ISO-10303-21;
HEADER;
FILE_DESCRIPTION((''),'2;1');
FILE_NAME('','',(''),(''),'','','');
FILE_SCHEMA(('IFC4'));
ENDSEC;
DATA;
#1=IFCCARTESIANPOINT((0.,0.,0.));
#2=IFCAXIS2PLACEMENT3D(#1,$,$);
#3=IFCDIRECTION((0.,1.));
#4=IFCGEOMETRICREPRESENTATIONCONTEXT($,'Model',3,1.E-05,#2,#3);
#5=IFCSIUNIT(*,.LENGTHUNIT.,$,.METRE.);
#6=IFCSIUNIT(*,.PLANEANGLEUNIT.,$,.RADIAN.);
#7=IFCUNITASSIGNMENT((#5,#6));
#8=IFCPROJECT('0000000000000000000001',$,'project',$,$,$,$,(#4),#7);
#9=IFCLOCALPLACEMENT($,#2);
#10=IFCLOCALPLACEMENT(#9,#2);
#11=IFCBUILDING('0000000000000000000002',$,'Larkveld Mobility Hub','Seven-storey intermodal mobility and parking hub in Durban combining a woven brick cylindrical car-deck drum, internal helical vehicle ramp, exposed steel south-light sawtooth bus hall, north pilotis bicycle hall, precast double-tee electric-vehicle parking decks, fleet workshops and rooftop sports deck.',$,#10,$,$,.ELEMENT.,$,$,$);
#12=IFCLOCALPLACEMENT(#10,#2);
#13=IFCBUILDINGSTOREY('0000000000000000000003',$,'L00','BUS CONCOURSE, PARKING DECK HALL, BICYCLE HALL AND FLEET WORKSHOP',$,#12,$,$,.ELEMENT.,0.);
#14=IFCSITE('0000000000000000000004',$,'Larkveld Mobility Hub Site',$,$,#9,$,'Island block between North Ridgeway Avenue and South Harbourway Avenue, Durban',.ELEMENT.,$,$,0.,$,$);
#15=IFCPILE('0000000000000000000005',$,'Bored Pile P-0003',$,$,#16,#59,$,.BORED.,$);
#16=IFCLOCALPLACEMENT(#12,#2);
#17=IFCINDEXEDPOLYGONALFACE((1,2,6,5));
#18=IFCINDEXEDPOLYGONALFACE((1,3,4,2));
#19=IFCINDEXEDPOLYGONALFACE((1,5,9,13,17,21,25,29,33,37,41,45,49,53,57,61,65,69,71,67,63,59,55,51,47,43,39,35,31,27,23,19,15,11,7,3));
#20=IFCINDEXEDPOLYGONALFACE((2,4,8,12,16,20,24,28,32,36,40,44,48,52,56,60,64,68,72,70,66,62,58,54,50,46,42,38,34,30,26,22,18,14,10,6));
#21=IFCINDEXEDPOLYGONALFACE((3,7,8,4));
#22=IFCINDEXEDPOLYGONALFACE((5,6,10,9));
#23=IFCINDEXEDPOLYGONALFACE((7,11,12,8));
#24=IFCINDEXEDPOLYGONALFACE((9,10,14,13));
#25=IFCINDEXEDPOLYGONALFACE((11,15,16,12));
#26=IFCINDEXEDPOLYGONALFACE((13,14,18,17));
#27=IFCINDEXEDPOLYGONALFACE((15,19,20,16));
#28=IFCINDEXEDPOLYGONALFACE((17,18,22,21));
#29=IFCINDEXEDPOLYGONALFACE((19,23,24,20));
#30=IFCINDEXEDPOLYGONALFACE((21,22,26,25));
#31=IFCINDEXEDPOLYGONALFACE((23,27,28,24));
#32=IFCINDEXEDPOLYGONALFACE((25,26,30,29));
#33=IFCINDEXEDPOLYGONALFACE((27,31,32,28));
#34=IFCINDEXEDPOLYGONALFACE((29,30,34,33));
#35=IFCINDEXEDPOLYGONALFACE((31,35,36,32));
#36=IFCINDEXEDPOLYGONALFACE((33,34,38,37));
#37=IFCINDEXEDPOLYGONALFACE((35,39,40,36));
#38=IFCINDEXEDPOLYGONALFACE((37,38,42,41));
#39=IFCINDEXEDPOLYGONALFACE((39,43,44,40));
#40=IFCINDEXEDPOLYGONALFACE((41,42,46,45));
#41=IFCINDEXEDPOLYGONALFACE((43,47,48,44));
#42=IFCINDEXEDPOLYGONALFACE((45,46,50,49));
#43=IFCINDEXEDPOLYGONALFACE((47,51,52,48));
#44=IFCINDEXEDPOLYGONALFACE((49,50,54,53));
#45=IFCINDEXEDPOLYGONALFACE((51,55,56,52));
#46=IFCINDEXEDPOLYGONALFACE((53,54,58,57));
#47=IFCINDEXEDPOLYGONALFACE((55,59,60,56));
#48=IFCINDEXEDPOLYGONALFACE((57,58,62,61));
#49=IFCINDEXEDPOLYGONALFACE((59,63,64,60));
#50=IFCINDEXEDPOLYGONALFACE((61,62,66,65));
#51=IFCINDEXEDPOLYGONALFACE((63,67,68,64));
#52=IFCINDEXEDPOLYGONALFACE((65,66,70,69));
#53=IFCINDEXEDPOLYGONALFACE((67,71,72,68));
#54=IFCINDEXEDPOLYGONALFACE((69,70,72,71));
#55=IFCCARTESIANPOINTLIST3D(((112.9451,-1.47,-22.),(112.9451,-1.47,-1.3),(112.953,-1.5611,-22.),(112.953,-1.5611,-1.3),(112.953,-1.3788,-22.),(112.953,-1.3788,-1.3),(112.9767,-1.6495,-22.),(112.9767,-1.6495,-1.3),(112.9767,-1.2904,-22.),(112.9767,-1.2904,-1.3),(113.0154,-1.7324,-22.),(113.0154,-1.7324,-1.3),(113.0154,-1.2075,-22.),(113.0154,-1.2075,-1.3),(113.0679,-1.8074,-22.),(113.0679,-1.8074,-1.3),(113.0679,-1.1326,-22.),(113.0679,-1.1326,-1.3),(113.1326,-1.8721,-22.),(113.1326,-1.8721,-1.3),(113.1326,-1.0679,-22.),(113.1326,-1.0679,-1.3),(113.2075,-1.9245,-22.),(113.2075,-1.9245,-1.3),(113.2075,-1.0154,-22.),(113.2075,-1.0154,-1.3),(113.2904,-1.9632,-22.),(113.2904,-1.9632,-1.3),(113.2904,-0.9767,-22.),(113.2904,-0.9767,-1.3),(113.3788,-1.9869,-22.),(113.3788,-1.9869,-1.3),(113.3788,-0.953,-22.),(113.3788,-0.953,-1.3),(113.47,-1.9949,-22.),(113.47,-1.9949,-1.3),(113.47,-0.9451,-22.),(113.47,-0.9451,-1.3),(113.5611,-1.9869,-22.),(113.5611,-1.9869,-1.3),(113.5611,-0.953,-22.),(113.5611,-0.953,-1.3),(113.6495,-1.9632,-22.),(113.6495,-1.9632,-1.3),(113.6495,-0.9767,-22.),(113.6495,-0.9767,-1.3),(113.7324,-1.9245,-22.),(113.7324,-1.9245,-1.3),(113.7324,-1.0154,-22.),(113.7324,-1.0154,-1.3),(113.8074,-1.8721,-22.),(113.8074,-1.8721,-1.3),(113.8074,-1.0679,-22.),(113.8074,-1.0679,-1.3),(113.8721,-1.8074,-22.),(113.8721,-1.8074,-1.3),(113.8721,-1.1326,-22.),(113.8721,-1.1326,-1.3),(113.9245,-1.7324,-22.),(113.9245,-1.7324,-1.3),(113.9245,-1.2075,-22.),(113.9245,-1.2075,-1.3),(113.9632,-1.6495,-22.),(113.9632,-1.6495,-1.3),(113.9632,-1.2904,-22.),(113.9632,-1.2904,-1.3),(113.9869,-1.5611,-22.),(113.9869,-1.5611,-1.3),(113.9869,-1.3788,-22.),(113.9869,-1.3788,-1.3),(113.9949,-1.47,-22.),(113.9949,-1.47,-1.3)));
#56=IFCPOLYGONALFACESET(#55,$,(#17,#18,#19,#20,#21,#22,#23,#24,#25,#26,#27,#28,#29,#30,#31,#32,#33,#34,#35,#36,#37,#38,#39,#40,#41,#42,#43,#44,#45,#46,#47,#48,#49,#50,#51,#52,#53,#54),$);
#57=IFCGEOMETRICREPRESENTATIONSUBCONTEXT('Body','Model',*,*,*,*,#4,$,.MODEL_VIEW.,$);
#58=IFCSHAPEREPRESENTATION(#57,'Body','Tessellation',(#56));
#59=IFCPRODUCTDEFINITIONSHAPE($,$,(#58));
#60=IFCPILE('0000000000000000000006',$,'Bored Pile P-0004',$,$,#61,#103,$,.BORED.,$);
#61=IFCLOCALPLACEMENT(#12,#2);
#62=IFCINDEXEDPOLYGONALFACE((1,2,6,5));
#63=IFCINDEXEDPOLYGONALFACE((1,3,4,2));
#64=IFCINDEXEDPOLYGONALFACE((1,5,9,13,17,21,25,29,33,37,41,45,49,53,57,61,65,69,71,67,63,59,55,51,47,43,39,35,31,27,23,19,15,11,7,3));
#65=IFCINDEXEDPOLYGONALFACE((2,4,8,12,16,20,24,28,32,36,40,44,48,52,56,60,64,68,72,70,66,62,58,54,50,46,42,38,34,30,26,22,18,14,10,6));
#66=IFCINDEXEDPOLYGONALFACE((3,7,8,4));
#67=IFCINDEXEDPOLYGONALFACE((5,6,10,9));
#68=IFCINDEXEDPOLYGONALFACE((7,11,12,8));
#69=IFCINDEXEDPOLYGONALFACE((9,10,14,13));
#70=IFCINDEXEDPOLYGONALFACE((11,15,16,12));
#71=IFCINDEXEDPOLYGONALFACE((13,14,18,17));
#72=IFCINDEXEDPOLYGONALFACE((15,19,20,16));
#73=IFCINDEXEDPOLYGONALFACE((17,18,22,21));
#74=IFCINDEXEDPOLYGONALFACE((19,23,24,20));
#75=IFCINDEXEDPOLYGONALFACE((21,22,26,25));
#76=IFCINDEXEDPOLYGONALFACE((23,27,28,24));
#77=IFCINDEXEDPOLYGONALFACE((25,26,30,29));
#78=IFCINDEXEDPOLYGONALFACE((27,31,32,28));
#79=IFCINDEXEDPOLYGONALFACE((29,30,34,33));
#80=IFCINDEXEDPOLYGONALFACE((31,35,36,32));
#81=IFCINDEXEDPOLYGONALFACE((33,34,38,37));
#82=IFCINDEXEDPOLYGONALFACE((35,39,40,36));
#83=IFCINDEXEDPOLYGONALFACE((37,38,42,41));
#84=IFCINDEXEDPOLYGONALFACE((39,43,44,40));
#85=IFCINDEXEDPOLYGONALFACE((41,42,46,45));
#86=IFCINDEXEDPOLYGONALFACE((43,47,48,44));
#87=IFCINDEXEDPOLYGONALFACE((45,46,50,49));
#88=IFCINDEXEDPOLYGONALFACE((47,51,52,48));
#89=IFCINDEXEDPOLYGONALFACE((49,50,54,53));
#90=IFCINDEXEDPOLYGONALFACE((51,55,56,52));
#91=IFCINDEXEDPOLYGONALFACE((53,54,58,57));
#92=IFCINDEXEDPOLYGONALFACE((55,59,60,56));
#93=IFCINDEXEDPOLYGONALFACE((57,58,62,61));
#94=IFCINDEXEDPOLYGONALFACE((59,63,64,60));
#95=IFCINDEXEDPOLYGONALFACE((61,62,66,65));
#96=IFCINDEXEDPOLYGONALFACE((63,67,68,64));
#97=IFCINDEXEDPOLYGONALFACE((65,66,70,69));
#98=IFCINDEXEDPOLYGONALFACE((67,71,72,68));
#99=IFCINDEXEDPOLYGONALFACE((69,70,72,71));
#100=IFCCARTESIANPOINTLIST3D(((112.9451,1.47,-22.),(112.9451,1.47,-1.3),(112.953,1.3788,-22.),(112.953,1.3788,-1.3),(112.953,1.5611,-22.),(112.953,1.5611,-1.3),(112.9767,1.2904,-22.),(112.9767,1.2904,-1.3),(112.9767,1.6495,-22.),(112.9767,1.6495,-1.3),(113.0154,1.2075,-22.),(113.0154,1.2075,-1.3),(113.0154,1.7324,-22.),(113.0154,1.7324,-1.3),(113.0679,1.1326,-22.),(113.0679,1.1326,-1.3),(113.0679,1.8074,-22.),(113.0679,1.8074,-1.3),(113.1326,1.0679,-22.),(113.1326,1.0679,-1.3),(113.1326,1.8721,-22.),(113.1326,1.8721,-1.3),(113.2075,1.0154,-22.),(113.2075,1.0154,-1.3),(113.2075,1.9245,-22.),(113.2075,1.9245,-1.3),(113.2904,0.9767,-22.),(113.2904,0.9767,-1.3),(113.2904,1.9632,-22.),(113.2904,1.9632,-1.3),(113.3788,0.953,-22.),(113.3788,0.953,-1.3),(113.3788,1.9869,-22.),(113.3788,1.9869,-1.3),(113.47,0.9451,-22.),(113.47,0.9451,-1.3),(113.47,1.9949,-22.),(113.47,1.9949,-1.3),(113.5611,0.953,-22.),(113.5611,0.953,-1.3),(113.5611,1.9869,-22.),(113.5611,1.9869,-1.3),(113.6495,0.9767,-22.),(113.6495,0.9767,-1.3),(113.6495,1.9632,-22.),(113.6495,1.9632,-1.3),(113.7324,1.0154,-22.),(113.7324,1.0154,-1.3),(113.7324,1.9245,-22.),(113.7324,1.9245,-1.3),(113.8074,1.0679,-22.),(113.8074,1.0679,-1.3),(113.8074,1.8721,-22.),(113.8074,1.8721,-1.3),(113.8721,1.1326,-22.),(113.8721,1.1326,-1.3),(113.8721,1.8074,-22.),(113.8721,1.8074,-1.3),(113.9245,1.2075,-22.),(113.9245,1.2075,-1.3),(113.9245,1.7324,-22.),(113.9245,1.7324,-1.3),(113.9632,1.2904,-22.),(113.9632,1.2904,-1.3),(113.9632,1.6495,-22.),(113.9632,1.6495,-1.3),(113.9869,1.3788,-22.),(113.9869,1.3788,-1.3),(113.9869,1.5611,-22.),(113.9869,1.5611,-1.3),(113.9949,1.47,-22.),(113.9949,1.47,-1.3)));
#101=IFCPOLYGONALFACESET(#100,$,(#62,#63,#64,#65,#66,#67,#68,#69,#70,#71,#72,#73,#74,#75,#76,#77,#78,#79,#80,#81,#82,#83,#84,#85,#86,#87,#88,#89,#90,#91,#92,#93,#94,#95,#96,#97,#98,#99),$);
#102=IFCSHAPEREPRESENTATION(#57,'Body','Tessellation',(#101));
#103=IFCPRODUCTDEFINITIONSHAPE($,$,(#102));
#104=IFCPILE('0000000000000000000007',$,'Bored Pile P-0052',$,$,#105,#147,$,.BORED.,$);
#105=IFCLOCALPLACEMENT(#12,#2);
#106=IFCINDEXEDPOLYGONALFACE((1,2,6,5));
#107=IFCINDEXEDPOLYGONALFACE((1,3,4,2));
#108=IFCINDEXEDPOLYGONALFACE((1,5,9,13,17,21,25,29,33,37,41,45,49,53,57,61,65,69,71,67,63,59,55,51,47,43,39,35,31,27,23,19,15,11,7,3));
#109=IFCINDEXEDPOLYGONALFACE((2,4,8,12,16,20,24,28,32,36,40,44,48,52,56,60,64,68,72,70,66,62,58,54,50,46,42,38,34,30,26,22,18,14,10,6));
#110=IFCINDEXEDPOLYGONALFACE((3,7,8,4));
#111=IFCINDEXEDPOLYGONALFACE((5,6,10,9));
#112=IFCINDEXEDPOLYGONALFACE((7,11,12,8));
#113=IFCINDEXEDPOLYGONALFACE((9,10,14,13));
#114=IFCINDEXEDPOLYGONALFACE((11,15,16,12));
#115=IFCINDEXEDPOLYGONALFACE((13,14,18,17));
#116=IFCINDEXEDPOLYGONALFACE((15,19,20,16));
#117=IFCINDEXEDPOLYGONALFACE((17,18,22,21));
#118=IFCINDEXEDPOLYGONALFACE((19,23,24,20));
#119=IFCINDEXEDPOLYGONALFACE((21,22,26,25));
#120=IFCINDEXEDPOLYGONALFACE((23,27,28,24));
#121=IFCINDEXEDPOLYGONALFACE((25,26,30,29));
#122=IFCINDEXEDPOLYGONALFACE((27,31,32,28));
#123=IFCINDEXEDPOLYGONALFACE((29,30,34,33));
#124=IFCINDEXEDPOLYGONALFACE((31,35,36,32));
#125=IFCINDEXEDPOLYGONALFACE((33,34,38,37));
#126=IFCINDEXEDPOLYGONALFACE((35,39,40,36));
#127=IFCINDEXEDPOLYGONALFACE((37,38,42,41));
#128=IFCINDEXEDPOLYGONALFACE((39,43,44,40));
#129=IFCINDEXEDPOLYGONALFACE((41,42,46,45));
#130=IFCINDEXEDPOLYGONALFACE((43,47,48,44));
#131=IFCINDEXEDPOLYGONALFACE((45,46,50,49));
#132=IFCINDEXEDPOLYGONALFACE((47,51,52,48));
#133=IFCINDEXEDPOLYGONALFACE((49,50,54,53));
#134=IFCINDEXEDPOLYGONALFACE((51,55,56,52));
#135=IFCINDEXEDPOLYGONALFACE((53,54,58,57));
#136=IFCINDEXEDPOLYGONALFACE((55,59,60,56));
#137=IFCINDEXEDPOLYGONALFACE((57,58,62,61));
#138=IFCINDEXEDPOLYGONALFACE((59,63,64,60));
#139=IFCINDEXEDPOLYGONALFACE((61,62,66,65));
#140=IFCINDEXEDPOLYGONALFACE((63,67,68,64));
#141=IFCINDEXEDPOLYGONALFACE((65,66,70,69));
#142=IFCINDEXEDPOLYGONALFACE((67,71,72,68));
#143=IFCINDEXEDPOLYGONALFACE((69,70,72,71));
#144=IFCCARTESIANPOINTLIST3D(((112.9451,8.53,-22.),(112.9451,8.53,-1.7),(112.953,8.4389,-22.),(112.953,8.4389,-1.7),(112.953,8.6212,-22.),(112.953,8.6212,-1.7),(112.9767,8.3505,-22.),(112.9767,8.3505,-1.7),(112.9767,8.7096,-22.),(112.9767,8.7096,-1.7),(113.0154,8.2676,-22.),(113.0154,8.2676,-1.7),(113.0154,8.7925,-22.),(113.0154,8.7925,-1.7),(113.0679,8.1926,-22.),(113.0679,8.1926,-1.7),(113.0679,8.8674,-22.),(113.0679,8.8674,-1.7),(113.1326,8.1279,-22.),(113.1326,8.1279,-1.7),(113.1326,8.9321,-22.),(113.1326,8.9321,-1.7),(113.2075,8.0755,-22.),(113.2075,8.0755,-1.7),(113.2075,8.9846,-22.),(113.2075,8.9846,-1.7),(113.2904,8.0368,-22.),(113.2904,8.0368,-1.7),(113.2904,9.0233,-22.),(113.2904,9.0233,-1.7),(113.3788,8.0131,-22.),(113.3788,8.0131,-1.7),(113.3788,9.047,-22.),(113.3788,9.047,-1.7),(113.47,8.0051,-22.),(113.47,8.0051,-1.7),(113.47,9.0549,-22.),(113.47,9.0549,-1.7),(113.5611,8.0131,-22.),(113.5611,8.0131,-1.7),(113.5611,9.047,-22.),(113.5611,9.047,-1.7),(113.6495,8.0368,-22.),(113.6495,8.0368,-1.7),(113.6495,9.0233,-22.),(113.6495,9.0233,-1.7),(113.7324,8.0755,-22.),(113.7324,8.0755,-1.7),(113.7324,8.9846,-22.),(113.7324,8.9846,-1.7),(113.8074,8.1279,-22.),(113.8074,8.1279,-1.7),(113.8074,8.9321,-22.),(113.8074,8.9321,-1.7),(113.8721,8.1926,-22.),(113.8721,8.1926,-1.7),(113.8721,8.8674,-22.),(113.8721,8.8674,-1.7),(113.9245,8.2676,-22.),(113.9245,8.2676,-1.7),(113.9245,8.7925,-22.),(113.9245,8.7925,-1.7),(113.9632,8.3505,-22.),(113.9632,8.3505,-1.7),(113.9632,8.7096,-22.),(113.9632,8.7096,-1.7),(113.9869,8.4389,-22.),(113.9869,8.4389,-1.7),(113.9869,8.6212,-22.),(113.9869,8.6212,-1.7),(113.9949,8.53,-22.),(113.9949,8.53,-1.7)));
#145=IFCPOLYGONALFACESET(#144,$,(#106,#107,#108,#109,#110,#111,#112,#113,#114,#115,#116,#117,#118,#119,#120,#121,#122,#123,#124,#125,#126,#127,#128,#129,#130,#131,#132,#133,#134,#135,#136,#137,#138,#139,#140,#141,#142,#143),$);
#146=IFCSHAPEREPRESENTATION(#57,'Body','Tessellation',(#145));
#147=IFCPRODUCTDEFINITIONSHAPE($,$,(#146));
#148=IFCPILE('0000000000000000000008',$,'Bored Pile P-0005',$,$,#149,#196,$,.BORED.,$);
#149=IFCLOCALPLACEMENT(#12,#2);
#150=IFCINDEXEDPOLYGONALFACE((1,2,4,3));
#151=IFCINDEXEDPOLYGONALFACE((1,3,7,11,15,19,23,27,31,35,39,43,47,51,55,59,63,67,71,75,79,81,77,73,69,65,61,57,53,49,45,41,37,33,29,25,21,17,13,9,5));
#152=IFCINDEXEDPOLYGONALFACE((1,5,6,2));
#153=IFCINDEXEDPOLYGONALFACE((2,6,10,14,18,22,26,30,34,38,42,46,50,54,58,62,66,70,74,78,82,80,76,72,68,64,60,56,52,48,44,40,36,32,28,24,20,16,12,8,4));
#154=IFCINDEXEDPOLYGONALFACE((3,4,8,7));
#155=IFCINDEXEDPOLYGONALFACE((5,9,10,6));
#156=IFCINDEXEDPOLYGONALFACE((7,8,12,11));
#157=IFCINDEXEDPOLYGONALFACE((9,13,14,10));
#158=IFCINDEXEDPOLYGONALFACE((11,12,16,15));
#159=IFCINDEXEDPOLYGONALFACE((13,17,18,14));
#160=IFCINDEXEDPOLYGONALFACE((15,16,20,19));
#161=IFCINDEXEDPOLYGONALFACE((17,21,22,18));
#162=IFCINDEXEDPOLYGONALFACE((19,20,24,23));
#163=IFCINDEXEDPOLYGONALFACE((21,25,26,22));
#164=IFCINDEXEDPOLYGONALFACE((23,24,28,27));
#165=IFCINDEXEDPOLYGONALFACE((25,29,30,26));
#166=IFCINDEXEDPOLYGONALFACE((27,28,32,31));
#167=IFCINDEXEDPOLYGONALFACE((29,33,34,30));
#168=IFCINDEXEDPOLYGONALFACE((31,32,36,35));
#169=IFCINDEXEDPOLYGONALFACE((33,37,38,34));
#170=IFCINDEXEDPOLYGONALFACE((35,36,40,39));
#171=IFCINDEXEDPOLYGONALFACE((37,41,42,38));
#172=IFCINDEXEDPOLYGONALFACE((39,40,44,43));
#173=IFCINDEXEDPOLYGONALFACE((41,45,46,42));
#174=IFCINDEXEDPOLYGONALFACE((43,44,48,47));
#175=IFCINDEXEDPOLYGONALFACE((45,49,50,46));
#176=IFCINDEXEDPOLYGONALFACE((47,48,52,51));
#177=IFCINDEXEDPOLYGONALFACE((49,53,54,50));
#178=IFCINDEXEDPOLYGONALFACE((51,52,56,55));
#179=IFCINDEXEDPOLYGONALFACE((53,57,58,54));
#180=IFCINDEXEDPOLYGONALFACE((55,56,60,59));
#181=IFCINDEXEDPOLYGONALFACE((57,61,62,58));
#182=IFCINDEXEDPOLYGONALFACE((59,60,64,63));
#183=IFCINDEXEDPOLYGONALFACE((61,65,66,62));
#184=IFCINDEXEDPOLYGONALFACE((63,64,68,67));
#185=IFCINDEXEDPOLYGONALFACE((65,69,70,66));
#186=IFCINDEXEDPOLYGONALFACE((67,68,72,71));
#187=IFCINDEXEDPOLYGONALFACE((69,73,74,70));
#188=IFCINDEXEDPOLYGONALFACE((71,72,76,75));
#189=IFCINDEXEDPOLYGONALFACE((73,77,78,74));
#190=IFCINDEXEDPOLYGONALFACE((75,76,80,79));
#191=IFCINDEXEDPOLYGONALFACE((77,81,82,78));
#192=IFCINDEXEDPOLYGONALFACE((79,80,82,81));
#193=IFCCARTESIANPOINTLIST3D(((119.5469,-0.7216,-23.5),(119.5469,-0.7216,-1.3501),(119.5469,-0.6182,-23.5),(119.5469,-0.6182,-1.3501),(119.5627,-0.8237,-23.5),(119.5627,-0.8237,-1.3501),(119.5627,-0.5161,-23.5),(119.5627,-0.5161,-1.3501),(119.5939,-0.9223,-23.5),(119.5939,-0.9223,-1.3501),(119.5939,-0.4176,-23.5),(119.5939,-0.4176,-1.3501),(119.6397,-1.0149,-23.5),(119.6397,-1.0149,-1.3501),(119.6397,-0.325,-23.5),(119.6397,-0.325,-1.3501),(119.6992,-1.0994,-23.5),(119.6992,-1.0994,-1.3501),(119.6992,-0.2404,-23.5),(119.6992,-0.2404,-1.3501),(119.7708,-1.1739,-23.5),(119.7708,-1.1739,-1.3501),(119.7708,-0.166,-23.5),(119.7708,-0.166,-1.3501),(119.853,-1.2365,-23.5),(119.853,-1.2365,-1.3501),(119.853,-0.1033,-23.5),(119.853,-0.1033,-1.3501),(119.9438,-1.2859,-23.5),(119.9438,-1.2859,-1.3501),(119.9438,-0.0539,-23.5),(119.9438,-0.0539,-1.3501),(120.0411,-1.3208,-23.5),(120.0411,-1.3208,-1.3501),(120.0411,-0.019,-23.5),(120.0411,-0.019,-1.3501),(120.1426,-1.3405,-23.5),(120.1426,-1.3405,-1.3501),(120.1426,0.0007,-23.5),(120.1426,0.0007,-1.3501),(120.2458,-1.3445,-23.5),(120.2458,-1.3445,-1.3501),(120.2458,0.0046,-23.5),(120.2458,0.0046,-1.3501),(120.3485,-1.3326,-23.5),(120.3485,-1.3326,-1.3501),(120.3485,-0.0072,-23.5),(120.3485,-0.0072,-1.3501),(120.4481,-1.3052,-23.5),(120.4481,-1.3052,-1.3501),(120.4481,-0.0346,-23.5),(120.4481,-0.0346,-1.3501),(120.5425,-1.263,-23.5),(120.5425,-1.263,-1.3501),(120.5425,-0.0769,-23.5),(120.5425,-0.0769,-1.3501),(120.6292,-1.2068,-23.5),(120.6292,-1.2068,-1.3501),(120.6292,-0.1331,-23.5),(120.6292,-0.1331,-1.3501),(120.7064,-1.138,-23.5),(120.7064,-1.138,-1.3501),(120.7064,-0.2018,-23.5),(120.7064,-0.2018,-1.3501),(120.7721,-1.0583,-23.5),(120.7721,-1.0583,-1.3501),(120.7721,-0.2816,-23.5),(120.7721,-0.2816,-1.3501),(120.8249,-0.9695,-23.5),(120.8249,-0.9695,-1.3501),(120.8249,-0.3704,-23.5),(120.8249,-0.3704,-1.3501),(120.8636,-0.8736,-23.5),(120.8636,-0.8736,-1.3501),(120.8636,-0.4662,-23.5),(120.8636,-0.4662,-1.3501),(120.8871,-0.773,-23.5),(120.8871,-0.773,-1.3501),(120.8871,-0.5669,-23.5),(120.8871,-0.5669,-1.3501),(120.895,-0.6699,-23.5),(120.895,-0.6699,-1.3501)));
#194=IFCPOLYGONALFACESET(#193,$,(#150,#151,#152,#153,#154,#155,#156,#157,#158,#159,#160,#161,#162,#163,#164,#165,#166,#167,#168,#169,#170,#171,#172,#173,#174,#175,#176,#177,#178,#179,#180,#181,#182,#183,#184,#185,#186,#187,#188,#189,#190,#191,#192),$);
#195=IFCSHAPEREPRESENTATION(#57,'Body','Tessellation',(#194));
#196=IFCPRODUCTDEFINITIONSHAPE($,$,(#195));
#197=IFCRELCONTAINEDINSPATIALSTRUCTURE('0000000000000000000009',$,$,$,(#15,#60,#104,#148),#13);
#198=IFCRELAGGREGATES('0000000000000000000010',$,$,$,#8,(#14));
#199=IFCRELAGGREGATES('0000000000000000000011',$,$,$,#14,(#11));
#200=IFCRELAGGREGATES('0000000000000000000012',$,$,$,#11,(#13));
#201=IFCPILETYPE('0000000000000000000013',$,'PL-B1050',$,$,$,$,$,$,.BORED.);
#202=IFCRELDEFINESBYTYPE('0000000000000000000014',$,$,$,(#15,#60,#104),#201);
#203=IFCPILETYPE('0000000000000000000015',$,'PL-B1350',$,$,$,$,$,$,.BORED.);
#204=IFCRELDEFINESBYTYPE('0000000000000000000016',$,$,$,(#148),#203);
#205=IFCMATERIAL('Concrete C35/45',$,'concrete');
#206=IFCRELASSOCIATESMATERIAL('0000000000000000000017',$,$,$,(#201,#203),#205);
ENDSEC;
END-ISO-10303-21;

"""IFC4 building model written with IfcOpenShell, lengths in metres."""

from ifc_helpers import new_model, si_unit, direction, frame, origin, origin_2d, place, context, subcontext, project, spatial, circle, extrude, material, material_profile, profile_set, type_object, element, save


model = new_model("IFC4")

# Units and contexts
model_context = context("Model", 3, precision=1e-05, world=origin(), true_north=direction((0.0, 1.0)))
body_context = subcontext(model_context, "Body", "Model", "MODEL_VIEW")
ifc_project = project(units=[si_unit("LENGTHUNIT", "METRE"), si_unit("PLANEANGLEUNIT", "RADIAN")], contexts=[model_context])

# Site, building, storey
site_placement = place(None, origin())
site = spatial("IfcSite", under=ifc_project, at=site_placement, Name="Larkveld Mobility Hub Site", LongName="Island block between North Ridgeway Avenue and South Harbourway Avenue, Durban", CompositionType="ELEMENT", RefElevation=0.0)
building_placement = place(site_placement, origin())
building = spatial("IfcBuilding", under=site, at=building_placement, Name="Larkveld Mobility Hub", Description="Seven-storey intermodal mobility and parking hub in Durban combining a woven brick cylindrical car-deck drum, internal helical vehicle ramp, exposed steel south-light sawtooth bus hall, north pilotis bicycle hall, precast double-tee electric-vehicle parking decks, fleet workshops and rooftop sports deck.", CompositionType="ELEMENT")
storey_placement = place(building_placement, origin())
storey = spatial("IfcBuildingStorey", under=building, at=storey_placement, Name="L00", Description="BUS CONCOURSE, PARKING DECK HALL, BICYCLE HALL AND FLEET WORKSHOP", CompositionType="ELEMENT", Elevation=0.0)

# Piles
ifc_material_1 = material(Name="Concrete C35/45", Category="concrete")
ifc_material_profile_1 = material_profile(ifc_material_1, circle(Radius=0.5249, at=origin_2d()), Name="PILE D1050")
ifc_profile_set_1 = profile_set([ifc_material_profile_1], Name="Concrete C35/45")
pile_type_1 = type_object("IfcPileType", Name="PL-B1050", PredefinedType="BORED", material=ifc_profile_set_1)
for number, where, z_axis, x_axis, name in (
    (1, (113.47, -1.47, -1.3), (0.0, 0.0, -1.0), (1.0, 0.0, 0.0), "Bored Pile P-0003"),
    (2, (113.47, 1.47, -1.3), (0.0, 0.0, -1.0), (1.0, 0.0, 0.0), "Bored Pile P-0004"),
):
    element("IfcPile", number, at=place(storey_placement, frame(where, z_axis=z_axis, x_axis=x_axis)), inside=storey, type_object=pile_type_1, Name=name, PredefinedType="BORED", context=body_context, shape_type="SweptSolid", body=[
        extrude(circle(Radius=0.5249, at=origin_2d()), origin(), (0.0, 0.0, 1.0), 20.7),
    ])
pile_placement = place(storey_placement, frame((113.47, 8.53, -1.7), z_axis=(0.0, 0.0, -1.0), x_axis=(1.0, 0.0, 0.0)))
element("IfcPile", 3, at=pile_placement, inside=storey, type_object=pile_type_1, Name="Bored Pile P-0052", PredefinedType="BORED", context=body_context, shape_type="SweptSolid", body=[
    extrude(circle(Radius=0.5249, at=origin_2d()), origin(), (0.0, 0.0, 1.0), 20.3),
])
ifc_material_profile_2 = material_profile(ifc_material_1, circle(Radius=0.675, at=origin_2d()), Name="PILE D1350")
ifc_profile_set_2 = profile_set([ifc_material_profile_2], Name="Concrete C35/45")
pile_type_2 = type_object("IfcPileType", Name="PL-B1350", PredefinedType="BORED", material=ifc_profile_set_2)
for number, where, z_axis, x_axis, name in (
    (4, (120.22, -0.6699, -1.3501), (0.0, 0.0, -1.0), (1.0, 0.0, 0.0), "Bored Pile P-0005"),
):
    element("IfcPile", number, at=place(storey_placement, frame(where, z_axis=z_axis, x_axis=x_axis)), inside=storey, type_object=pile_type_2, Name=name, PredefinedType="BORED", context=body_context, shape_type="SweptSolid", body=[
        extrude(circle(Radius=0.675, at=origin_2d()), origin(), (0.0, 0.0, 1.0), 22.1499),
    ])

save(model, "model.ifc")
